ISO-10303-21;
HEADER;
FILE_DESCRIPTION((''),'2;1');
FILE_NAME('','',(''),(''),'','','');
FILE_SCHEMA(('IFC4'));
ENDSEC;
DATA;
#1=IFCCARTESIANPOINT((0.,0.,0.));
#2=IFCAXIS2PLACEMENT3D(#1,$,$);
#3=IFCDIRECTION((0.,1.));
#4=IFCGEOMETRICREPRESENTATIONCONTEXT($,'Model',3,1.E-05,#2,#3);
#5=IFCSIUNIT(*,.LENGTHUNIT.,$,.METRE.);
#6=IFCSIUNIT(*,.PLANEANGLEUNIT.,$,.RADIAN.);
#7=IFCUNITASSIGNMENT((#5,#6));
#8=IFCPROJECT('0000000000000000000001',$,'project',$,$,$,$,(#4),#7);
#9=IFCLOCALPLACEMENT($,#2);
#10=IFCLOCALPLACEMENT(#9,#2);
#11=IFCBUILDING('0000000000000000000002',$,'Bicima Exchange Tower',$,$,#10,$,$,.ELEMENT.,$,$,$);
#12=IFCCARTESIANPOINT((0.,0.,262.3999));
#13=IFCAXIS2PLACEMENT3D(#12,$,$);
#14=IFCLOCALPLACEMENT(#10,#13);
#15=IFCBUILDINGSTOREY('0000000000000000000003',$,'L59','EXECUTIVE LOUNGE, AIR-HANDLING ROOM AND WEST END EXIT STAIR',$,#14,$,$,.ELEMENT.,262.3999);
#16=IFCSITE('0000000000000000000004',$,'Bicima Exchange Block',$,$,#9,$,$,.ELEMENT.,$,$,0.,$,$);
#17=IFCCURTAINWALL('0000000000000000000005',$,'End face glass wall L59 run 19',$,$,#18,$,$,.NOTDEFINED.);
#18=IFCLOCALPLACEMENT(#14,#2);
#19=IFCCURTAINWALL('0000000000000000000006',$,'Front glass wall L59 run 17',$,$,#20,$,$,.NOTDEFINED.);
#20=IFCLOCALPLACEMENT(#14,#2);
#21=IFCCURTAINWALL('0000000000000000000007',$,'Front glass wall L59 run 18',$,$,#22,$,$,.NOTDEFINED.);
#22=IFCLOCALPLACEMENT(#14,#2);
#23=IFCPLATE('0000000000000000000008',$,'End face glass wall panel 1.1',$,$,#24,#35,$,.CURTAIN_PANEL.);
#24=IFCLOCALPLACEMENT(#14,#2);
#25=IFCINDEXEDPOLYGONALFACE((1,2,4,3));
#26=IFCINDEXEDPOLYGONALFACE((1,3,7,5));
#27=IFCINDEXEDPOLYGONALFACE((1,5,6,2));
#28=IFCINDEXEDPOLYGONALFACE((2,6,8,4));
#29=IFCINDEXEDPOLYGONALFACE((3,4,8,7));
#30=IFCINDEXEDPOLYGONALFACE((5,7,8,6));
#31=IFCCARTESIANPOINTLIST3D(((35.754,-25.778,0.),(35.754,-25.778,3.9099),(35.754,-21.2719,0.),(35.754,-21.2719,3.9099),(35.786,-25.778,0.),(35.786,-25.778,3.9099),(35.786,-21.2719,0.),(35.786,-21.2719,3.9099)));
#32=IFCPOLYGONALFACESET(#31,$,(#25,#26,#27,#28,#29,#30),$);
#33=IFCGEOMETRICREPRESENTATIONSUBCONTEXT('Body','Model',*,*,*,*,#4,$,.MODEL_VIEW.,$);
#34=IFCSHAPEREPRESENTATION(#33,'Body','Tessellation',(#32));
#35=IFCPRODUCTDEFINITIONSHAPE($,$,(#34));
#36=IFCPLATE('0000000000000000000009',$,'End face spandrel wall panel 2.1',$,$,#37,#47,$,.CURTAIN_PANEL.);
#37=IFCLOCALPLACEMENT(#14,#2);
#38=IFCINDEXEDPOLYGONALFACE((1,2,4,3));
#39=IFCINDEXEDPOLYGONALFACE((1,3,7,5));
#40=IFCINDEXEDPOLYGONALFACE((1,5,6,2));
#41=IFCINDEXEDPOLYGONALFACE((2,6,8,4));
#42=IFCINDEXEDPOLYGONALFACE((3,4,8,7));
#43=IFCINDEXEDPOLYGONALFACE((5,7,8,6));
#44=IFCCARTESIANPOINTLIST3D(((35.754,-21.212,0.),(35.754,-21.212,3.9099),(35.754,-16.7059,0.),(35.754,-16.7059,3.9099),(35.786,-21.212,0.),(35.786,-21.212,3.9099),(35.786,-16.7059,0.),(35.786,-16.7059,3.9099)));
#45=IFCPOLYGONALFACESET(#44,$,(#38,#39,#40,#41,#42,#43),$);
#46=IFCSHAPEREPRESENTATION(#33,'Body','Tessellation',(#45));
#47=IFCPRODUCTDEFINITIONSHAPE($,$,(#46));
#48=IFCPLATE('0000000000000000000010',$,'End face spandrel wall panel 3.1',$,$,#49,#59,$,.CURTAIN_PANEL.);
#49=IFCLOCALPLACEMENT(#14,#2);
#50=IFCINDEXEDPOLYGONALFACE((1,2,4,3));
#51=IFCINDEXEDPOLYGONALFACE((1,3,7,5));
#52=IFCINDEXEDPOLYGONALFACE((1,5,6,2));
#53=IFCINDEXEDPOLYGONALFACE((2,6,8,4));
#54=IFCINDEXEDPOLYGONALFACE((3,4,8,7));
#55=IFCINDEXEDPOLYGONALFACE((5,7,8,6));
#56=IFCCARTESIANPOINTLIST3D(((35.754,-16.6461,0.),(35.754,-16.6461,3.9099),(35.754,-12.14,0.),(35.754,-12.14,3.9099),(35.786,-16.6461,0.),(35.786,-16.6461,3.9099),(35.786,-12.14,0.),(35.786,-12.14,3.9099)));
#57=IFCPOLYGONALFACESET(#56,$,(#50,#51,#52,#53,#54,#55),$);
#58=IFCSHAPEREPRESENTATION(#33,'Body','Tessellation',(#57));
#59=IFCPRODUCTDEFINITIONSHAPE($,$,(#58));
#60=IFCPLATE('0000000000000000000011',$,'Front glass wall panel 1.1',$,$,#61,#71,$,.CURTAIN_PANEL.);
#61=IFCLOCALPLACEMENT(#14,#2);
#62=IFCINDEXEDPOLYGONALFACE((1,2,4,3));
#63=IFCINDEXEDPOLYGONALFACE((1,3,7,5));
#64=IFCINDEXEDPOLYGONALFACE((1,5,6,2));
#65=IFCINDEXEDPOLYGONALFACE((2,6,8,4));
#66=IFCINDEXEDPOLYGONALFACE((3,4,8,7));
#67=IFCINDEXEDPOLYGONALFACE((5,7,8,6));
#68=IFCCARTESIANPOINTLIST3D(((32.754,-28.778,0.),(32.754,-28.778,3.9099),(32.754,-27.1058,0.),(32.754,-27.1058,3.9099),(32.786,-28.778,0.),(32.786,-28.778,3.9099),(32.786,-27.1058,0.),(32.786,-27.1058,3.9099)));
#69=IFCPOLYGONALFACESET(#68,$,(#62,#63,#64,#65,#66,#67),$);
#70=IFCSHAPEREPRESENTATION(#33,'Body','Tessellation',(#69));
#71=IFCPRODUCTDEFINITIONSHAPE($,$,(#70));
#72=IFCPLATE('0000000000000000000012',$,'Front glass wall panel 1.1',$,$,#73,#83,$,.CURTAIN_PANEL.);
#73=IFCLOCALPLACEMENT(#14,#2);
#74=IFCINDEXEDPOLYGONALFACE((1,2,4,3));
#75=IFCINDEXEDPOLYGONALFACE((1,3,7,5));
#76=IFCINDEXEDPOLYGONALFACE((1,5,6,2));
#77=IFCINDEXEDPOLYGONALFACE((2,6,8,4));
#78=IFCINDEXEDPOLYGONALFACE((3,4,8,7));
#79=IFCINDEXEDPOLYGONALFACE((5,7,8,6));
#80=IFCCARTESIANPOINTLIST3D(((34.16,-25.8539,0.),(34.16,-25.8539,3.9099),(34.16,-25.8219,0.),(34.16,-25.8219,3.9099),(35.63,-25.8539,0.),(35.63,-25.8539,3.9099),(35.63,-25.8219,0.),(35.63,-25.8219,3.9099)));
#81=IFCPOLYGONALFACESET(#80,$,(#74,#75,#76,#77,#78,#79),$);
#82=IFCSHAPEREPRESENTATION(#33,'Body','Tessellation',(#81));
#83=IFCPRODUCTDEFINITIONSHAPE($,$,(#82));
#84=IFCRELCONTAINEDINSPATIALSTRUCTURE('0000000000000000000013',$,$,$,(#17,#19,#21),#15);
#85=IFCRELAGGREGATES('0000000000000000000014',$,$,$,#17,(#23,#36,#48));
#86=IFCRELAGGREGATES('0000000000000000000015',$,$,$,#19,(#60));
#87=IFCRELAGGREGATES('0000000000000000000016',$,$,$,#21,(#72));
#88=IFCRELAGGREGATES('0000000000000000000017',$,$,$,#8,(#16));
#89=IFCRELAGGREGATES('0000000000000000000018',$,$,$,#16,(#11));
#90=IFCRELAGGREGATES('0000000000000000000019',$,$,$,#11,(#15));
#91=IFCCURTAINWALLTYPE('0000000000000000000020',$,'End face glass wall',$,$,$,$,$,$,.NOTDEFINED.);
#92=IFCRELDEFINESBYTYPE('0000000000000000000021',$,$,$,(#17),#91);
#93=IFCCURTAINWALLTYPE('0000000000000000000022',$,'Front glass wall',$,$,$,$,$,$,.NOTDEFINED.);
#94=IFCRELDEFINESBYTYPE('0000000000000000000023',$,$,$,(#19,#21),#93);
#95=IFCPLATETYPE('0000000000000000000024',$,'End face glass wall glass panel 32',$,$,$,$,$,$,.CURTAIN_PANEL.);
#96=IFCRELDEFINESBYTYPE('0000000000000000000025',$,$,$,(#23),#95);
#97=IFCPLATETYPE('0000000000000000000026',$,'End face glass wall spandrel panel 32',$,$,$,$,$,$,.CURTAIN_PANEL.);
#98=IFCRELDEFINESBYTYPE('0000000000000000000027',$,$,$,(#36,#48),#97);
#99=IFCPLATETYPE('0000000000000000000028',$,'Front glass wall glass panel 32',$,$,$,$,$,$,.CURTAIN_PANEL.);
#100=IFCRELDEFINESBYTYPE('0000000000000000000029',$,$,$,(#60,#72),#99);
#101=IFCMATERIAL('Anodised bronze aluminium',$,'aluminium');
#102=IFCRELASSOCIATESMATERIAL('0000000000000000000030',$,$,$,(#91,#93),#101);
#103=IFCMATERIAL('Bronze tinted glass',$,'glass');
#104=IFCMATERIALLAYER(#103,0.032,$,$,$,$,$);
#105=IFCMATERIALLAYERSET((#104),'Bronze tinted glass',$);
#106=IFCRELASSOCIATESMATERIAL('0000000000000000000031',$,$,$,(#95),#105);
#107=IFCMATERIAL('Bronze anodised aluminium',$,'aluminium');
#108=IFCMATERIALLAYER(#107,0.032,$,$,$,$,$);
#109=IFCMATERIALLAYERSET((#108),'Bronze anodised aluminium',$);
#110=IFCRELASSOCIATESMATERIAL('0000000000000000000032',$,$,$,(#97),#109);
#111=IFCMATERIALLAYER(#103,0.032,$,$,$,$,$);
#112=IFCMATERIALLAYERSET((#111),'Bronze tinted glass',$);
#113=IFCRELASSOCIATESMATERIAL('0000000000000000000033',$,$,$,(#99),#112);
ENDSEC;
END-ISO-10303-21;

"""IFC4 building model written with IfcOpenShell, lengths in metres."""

from ifc_helpers import new_model, si_unit, direction, frame, origin, origin_2d, place, context, subcontext, project, spatial, rectangle, extrude, material, layer, layer_set, type_object, element, aggregate, save


model = new_model("IFC4")

# Units and contexts
model_context = context("Model", 3, precision=1e-05, world=origin(), true_north=direction((0.0, 1.0)))
body_context = subcontext(model_context, "Body", "Model", "MODEL_VIEW")
ifc_project = project(units=[si_unit("LENGTHUNIT", "METRE"), si_unit("PLANEANGLEUNIT", "RADIAN")], contexts=[model_context])

# Site, building, storey
site_placement = place(None, origin())
site = spatial("IfcSite", under=ifc_project, at=site_placement, Name="Bicima Exchange Block", CompositionType="ELEMENT", RefElevation=0.0)
building_placement = place(site_placement, origin())
building = spatial("IfcBuilding", under=site, at=building_placement, Name="Bicima Exchange Tower", CompositionType="ELEMENT")
storey_placement = place(building_placement, frame((0.0, 0.0, 262.3999)))
storey = spatial("IfcBuildingStorey", under=building, at=storey_placement, Name="L59", Description="EXECUTIVE LOUNGE, AIR-HANDLING ROOM AND WEST END EXIT STAIR", CompositionType="ELEMENT", Elevation=262.3999)

# Curtain wall
ifc_material_1 = material(Name="Anodised bronze aluminium", Category="aluminium")
curtain_wall_type_1 = type_object("IfcCurtainWallType", Name="End face glass wall", PredefinedType="NOTDEFINED", material=ifc_material_1)
curtain_wall_1_placement = place(storey_placement, origin())
curtain_wall_1 = element("IfcCurtainWall", 1, at=curtain_wall_1_placement, inside=storey, type_object=curtain_wall_type_1, Name="End face glass wall L59 run 19", PredefinedType="NOTDEFINED")

# Curtain wall
curtain_wall_type_2 = type_object("IfcCurtainWallType", Name="Front glass wall", PredefinedType="NOTDEFINED", material=ifc_material_1)
curtain_wall_2_placement = place(storey_placement, origin())
curtain_wall_2 = element("IfcCurtainWall", 2, at=curtain_wall_2_placement, inside=storey, type_object=curtain_wall_type_2, Name="Front glass wall L59 run 17", PredefinedType="NOTDEFINED")

# Curtain wall
curtain_wall_3_placement = place(storey_placement, origin())
curtain_wall_3 = element("IfcCurtainWall", 3, at=curtain_wall_3_placement, inside=storey, type_object=curtain_wall_type_2, Name="Front glass wall L59 run 18", PredefinedType="NOTDEFINED")

# Plates
ifc_material_2 = material(Name="Bronze tinted glass", Category="glass")
ifc_layer_1 = layer(ifc_material_2, 0.032)
ifc_layer_set_1 = layer_set([ifc_layer_1], Name="Bronze tinted glass")
plate_type_1 = type_object("IfcPlateType", Name="End face glass wall glass panel 32", PredefinedType="CURTAIN_PANEL", material=ifc_layer_set_1)
plate_1_placement = place(storey_placement, frame((35.77, -23.5249, 0.0), z_axis=(0.0, 0.0, 1.0), x_axis=(0.0, 1.0, 0.0)))
plate_1 = element("IfcPlate", 4, at=plate_1_placement, type_object=plate_type_1, Name="End face glass wall panel 1.1", PredefinedType="CURTAIN_PANEL", context=body_context, shape_type="SweptSolid", body=[
    extrude(rectangle(XDim=4.5061, YDim=0.032, at=origin_2d()), origin(), (0.0, 0.0, 1.0), 3.9099),
])
ifc_material_3 = material(Name="Bronze anodised aluminium", Category="aluminium")
ifc_layer_2 = layer(ifc_material_3, 0.032)
ifc_layer_set_2 = layer_set([ifc_layer_2], Name="Bronze anodised aluminium")
plate_type_2 = type_object("IfcPlateType", Name="End face glass wall spandrel panel 32", PredefinedType="CURTAIN_PANEL", material=ifc_layer_set_2)
plate_2_placement = place(storey_placement, frame((35.77, -18.959, 0.0), z_axis=(0.0, 0.0, 1.0), x_axis=(0.0, 1.0, 0.0)))
plate_2 = element("IfcPlate", 5, at=plate_2_placement, type_object=plate_type_2, Name="End face spandrel wall panel 2.1", PredefinedType="CURTAIN_PANEL", context=body_context, shape_type="SweptSolid", body=[
    extrude(rectangle(XDim=4.5061, YDim=0.032, at=origin_2d()), origin(), (0.0, 0.0, 1.0), 3.9099),
])
plate_3_placement = place(storey_placement, frame((35.77, -14.3931, 0.0), z_axis=(0.0, 0.0, 1.0), x_axis=(0.0, 1.0, 0.0)))
plate_3 = element("IfcPlate", 6, at=plate_3_placement, type_object=plate_type_2, Name="End face spandrel wall panel 3.1", PredefinedType="CURTAIN_PANEL", context=body_context, shape_type="SweptSolid", body=[
    extrude(rectangle(XDim=4.5061, YDim=0.032, at=origin_2d()), origin(), (0.0, 0.0, 1.0), 3.9099),
])
aggregate(curtain_wall_1, [plate_1, plate_2, plate_3])
ifc_layer_3 = layer(ifc_material_2, 0.032)
ifc_layer_set_3 = layer_set([ifc_layer_3], Name="Bronze tinted glass")
plate_type_3 = type_object("IfcPlateType", Name="Front glass wall glass panel 32", PredefinedType="CURTAIN_PANEL", material=ifc_layer_set_3)
plate_4_placement = place(storey_placement, frame((32.77, -27.9419, 0.0), z_axis=(0.0, 0.0, 1.0), x_axis=(0.0, 1.0, 0.0)))
plate_4 = element("IfcPlate", 7, at=plate_4_placement, type_object=plate_type_3, Name="Front glass wall panel 1.1", PredefinedType="CURTAIN_PANEL", context=body_context, shape_type="SweptSolid", body=[
    extrude(rectangle(XDim=1.6721, YDim=0.032, at=origin_2d()), origin(), (0.0, 0.0, 1.0), 3.9099),
])
aggregate(curtain_wall_2, [plate_4])
plate_5_placement = place(storey_placement, frame((34.895, -25.8379, 0.0), z_axis=(0.0, 0.0, 1.0), x_axis=(1.0, 0.0, 0.0)))
plate_5 = element("IfcPlate", 8, at=plate_5_placement, type_object=plate_type_3, Name="Front glass wall panel 1.1", PredefinedType="CURTAIN_PANEL", context=body_context, shape_type="SweptSolid", body=[
    extrude(rectangle(XDim=1.47, YDim=0.032, at=origin_2d()), origin(), (0.0, 0.0, 1.0), 3.9099),
])
aggregate(curtain_wall_3, [plate_5])

save(model, "model.ifc")
